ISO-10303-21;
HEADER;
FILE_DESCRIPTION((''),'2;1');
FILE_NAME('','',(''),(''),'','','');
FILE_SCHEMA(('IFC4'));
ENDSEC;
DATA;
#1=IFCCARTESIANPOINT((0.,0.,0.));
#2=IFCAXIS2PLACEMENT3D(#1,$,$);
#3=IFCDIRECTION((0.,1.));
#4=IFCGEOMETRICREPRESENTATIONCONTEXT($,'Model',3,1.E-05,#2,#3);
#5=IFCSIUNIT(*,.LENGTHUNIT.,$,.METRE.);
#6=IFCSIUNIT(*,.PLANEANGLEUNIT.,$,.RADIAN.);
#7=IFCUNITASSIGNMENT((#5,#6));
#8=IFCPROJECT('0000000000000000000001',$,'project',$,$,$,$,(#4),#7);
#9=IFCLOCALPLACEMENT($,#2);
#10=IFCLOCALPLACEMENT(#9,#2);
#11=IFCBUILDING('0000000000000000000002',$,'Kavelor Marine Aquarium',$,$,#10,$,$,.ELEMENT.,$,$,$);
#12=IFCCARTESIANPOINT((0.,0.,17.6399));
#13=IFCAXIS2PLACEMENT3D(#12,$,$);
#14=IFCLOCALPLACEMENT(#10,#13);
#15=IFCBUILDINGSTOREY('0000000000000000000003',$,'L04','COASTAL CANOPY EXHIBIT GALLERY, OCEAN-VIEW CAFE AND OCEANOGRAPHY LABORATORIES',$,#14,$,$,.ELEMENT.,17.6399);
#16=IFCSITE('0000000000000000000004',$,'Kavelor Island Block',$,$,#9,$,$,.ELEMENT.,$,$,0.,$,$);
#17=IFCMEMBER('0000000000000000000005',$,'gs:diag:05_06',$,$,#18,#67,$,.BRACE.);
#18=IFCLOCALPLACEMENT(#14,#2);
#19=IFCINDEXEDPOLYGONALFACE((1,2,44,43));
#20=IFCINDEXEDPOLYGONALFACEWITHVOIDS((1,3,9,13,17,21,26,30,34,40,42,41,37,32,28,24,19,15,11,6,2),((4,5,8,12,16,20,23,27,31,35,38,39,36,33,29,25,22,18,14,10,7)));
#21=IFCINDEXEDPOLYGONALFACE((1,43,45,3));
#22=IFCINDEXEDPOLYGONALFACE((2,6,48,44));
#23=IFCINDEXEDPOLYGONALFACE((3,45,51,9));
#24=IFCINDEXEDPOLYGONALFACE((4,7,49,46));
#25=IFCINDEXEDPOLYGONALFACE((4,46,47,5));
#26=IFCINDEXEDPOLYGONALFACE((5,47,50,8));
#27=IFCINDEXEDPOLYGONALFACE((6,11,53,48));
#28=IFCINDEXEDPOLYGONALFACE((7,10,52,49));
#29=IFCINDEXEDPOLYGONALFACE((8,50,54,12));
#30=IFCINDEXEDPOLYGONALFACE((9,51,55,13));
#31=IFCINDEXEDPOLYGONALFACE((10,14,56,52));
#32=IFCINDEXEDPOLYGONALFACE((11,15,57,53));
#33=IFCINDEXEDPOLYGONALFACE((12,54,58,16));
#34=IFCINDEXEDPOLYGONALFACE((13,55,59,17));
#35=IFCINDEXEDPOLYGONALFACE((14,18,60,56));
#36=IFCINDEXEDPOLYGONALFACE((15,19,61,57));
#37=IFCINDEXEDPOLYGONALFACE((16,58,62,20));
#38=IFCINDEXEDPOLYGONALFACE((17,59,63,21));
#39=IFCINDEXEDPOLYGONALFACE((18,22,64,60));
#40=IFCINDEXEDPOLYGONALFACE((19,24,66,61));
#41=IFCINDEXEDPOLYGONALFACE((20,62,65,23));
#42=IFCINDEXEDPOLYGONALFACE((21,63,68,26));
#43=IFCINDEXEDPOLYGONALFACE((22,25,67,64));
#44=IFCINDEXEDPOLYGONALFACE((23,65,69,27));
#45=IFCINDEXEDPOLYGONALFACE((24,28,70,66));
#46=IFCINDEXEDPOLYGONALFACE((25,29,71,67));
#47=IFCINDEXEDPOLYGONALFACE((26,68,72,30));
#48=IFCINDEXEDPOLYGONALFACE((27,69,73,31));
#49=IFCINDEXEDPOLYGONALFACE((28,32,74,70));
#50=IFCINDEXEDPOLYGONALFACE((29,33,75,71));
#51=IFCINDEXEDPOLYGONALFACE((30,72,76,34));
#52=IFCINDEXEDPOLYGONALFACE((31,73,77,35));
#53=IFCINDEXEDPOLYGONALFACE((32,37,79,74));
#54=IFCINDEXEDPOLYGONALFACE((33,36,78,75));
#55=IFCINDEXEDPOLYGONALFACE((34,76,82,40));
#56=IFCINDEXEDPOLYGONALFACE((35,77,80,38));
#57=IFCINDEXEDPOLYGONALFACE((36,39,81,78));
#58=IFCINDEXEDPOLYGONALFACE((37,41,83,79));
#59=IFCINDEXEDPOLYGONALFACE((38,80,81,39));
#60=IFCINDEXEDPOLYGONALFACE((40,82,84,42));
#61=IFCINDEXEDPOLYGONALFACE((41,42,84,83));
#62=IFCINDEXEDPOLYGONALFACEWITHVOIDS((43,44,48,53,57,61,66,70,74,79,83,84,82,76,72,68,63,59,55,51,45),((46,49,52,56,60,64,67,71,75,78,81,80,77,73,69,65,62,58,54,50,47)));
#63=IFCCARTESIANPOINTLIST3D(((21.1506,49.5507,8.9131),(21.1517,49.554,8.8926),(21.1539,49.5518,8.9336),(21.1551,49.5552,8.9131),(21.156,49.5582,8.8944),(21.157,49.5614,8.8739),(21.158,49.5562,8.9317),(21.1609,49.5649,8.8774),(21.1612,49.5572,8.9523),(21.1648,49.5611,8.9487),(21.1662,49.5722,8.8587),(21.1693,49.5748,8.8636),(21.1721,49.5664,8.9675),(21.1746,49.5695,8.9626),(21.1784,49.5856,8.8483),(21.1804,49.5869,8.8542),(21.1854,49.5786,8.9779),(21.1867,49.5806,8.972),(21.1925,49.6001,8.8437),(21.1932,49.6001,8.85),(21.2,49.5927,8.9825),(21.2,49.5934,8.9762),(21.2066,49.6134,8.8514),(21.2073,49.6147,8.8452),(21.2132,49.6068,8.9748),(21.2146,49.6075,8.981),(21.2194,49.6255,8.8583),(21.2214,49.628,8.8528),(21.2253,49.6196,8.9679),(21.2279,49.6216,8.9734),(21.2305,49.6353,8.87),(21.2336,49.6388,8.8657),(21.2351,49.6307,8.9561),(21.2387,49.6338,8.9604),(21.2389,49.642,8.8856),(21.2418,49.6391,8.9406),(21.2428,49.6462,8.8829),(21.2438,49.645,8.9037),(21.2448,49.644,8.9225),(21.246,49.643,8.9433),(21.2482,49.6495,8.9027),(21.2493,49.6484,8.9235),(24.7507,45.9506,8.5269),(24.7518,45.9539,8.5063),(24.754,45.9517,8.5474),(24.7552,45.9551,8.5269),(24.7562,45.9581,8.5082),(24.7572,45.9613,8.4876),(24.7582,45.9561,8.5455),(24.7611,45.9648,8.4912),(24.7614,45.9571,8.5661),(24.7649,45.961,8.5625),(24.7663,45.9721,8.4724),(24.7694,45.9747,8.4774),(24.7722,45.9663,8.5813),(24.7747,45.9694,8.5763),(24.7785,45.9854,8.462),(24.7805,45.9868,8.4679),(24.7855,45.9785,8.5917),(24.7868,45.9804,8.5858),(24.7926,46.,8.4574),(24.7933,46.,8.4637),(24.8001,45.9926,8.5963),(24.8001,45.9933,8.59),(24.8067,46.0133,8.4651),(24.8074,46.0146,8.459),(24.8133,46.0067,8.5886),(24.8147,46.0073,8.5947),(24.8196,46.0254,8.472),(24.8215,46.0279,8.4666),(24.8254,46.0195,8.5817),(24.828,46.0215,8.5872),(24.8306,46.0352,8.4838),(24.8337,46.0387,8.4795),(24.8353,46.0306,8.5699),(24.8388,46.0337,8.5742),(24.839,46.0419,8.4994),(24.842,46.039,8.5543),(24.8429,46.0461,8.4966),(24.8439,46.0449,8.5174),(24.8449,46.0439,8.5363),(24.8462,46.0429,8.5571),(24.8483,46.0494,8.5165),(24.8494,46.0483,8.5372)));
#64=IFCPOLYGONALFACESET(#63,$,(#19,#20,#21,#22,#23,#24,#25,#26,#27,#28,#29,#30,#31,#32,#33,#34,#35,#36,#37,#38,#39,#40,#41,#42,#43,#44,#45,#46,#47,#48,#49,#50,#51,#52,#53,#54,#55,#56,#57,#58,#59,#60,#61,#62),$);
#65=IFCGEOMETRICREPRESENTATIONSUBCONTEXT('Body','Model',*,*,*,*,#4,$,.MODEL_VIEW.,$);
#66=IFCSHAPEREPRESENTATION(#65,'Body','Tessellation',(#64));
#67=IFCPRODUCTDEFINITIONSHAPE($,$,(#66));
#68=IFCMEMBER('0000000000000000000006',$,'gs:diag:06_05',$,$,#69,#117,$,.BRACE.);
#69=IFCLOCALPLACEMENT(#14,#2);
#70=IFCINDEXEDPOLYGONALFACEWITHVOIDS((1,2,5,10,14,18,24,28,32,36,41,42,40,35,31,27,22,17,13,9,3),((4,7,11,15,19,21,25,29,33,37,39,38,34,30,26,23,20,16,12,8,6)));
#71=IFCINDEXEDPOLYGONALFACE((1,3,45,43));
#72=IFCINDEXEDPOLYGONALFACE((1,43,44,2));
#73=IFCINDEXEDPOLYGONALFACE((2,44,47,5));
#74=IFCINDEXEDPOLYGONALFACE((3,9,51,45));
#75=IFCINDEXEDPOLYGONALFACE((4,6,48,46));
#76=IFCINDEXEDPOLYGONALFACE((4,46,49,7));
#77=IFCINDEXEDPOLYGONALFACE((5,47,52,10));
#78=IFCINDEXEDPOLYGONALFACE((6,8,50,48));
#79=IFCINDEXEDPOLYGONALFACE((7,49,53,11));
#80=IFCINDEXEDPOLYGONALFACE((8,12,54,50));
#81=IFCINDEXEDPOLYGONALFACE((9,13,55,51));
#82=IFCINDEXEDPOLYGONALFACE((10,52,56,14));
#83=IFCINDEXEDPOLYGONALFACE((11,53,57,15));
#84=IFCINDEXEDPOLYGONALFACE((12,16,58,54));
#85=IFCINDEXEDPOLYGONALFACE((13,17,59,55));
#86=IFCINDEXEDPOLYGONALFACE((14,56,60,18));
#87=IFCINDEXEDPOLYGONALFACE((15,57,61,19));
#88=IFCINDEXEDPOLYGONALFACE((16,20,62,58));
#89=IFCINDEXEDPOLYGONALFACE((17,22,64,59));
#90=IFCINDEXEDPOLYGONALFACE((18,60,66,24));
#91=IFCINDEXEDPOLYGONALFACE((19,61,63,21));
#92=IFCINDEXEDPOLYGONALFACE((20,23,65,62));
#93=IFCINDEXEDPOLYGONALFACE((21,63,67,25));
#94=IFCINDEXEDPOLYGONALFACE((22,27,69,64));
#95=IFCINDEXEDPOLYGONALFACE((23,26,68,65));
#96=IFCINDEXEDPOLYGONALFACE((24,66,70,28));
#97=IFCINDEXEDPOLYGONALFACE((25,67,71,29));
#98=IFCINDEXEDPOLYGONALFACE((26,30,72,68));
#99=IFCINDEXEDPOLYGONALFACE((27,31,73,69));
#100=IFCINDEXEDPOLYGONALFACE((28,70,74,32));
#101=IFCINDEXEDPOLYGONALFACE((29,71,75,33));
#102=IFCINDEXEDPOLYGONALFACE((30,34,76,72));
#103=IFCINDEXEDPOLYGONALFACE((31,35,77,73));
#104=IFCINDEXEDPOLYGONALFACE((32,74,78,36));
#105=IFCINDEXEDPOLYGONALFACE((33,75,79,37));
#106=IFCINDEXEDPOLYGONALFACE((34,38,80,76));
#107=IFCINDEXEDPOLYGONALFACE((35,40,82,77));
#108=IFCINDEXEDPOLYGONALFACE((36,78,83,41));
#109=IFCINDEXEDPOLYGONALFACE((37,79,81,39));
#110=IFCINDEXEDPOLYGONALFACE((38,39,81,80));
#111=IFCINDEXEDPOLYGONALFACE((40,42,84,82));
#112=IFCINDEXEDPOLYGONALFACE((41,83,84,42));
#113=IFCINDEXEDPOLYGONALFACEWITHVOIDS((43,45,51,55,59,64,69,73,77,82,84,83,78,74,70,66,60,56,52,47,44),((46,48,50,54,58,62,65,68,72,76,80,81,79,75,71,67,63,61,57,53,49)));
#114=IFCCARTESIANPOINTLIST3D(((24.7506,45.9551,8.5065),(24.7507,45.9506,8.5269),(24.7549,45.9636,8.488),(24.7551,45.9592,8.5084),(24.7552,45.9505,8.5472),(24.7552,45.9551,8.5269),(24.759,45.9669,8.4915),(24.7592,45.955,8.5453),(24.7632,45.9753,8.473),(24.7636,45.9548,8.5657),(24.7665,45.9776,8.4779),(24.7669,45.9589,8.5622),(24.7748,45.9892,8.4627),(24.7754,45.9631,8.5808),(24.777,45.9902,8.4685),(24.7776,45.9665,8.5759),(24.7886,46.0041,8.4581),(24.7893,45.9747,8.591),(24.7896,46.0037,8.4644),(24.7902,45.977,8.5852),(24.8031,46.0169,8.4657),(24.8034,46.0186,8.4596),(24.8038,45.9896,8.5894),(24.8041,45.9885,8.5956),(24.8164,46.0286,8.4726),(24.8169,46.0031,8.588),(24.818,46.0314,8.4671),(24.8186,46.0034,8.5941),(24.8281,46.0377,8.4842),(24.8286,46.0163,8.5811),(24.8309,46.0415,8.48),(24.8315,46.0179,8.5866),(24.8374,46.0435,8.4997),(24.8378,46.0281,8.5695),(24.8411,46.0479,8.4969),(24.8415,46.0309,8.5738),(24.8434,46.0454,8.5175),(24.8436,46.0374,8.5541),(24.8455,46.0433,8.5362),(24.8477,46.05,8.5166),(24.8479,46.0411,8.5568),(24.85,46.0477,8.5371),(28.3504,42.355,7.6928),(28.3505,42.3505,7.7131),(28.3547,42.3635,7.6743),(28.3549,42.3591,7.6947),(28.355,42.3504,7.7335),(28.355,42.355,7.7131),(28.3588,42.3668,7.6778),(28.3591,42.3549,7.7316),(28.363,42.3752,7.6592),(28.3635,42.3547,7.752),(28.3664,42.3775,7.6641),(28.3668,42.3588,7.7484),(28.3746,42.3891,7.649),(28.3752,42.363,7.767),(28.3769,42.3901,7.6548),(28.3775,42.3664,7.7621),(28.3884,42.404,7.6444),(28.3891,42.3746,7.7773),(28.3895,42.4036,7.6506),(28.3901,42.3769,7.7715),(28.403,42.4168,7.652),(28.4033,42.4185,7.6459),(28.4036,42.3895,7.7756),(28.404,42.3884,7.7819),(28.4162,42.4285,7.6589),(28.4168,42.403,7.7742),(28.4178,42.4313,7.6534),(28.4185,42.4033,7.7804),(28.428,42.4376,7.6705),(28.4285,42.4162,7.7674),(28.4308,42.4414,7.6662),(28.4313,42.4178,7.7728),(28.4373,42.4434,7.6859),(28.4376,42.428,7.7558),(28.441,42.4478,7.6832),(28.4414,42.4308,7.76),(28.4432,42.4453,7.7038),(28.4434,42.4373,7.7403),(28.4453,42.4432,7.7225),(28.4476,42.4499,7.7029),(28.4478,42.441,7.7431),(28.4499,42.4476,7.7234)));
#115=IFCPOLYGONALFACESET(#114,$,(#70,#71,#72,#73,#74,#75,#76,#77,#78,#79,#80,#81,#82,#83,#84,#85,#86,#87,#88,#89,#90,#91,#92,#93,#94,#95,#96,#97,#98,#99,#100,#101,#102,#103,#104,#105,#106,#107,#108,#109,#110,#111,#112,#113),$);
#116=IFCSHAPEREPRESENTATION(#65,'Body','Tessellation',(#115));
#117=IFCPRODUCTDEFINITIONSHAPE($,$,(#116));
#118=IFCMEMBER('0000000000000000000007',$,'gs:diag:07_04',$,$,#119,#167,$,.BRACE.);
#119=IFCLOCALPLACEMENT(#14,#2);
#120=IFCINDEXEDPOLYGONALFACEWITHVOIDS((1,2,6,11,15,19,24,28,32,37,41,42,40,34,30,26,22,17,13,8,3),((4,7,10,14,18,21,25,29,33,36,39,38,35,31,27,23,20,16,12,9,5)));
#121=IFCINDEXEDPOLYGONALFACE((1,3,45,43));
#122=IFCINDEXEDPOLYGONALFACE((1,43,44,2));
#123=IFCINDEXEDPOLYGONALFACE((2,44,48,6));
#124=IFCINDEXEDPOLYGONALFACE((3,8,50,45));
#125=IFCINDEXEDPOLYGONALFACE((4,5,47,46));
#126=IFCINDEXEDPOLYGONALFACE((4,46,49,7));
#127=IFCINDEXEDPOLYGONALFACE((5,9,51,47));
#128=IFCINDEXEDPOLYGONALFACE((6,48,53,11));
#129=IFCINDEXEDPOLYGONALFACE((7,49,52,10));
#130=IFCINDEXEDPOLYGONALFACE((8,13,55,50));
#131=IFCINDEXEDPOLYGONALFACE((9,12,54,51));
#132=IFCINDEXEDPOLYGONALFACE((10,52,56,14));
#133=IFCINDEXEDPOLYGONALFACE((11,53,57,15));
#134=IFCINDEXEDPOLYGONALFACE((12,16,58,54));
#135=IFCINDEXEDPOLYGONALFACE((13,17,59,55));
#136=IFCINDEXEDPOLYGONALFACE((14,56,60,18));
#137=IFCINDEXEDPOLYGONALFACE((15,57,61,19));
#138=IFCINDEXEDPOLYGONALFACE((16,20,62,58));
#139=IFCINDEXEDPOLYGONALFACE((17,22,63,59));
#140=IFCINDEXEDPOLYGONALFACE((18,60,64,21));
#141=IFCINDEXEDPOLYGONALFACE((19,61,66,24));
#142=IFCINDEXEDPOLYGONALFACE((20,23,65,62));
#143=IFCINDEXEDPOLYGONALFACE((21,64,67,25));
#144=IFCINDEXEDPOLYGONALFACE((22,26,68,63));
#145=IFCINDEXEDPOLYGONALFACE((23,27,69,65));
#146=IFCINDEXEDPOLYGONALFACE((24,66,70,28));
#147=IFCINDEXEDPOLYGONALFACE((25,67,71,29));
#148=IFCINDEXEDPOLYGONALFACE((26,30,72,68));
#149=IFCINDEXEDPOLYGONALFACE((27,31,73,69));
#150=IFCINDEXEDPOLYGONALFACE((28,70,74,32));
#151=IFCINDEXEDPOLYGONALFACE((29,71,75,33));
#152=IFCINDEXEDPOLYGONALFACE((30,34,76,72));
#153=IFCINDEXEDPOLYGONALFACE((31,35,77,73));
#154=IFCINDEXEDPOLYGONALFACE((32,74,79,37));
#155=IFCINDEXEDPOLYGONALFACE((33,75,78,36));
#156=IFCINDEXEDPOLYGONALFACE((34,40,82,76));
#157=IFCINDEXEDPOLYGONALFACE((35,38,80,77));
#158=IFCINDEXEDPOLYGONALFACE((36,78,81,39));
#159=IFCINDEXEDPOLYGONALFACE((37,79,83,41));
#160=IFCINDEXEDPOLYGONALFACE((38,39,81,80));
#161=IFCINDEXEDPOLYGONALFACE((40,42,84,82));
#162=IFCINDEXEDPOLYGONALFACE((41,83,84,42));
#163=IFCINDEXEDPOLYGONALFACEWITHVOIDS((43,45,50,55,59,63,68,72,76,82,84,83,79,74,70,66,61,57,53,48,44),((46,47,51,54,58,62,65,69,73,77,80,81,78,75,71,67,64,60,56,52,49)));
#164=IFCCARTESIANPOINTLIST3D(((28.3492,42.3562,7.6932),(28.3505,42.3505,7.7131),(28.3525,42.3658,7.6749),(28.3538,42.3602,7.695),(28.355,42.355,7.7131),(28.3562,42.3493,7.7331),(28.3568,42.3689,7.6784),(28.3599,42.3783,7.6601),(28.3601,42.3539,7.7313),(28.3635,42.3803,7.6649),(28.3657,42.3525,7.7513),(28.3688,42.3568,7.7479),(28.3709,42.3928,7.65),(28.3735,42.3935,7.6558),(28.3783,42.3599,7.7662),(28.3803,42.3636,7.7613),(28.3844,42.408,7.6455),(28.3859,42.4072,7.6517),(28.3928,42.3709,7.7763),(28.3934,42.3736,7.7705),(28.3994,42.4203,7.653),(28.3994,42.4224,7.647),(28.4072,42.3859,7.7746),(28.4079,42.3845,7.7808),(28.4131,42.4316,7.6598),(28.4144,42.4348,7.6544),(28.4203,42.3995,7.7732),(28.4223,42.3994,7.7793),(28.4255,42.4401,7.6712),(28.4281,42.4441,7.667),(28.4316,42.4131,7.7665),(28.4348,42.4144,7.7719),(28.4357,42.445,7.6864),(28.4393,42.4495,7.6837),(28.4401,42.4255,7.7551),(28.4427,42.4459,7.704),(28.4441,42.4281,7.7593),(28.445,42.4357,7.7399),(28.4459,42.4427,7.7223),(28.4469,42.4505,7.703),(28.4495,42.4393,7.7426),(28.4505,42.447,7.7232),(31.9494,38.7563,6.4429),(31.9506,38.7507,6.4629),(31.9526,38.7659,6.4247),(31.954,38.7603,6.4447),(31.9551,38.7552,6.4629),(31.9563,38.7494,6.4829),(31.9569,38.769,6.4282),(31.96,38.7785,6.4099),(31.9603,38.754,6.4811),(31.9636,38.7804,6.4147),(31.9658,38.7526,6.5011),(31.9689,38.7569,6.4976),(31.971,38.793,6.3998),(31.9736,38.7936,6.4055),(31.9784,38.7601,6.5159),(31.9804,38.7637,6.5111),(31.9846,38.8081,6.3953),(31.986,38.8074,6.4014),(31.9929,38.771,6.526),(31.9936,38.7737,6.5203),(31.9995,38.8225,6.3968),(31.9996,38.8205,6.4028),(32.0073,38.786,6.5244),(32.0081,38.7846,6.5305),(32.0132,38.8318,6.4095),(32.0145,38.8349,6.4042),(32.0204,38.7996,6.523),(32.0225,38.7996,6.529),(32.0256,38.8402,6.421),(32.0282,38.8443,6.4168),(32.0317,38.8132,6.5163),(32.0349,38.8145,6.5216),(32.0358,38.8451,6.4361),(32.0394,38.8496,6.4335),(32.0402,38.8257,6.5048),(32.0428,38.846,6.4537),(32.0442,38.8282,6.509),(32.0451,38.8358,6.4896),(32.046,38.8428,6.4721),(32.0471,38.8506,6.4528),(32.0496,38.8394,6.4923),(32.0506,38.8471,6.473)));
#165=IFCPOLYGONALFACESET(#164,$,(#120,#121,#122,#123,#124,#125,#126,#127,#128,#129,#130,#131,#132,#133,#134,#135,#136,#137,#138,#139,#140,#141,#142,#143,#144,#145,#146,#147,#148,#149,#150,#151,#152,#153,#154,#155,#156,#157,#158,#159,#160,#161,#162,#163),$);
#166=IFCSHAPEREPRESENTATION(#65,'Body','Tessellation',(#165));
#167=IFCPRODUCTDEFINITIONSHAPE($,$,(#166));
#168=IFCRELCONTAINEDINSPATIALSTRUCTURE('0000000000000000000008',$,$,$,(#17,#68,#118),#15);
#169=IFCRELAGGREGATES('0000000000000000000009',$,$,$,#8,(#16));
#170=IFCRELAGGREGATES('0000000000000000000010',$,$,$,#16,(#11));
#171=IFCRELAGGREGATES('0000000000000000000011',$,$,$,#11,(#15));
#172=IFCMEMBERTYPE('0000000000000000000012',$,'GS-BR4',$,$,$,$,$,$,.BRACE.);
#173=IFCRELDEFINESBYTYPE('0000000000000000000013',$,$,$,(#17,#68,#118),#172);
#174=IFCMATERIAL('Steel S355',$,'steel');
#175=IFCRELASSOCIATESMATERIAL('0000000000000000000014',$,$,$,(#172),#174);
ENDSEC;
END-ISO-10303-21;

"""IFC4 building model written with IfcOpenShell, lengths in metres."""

from ifc_helpers import new_model, si_unit, direction, frame, origin, origin_2d, place, context, subcontext, project, spatial, hollow_circle, extrude, material, material_profile, profile_set, type_object, element, save


model = new_model("IFC4")

# Units and contexts
model_context = context("Model", 3, precision=1e-05, world=origin(), true_north=direction((0.0, 1.0)))
body_context = subcontext(model_context, "Body", "Model", "MODEL_VIEW")
ifc_project = project(units=[si_unit("LENGTHUNIT", "METRE"), si_unit("PLANEANGLEUNIT", "RADIAN")], contexts=[model_context])

# Site, building, storey
site_placement = place(None, origin())
site = spatial("IfcSite", under=ifc_project, at=site_placement, Name="Kavelor Island Block", CompositionType="ELEMENT", RefElevation=0.0)
building_placement = place(site_placement, origin())
building = spatial("IfcBuilding", under=site, at=building_placement, Name="Kavelor Marine Aquarium", CompositionType="ELEMENT")
storey_placement = place(building_placement, frame((0.0, 0.0, 17.6399)))
storey = spatial("IfcBuildingStorey", under=building, at=storey_placement, Name="L04", Description="COASTAL CANOPY EXHIBIT GALLERY, OCEAN-VIEW CAFE AND OCEANOGRAPHY LABORATORIES", CompositionType="ELEMENT", Elevation=17.6399)

# Members
ifc_material_1 = material(Name="Steel S355", Category="steel")
ifc_material_profile_1 = material_profile(ifc_material_1, hollow_circle(Radius=0.0698, WallThickness=0.0063, at=origin_2d()), Name="CHS 139.7x6.3")
ifc_profile_set_1 = profile_set([ifc_material_profile_1], Name="Steel S355")
member_type_1 = type_object("IfcMemberType", Name="GS-BR4", PredefinedType="BRACE", material=ifc_profile_set_1)
member_1_placement = place(storey_placement, frame((24.8, 46.0, 8.5269), z_axis=(-0.705081, 0.705081, 0.075643), x_axis=(-0.707107, -0.707107, 0.0)))
element("IfcMember", 1, at=member_1_placement, inside=storey, type_object=member_type_1, Name="gs:diag:05_06", PredefinedType="BRACE", context=body_context, shape_type="SweptSolid", body=[
    extrude(hollow_circle(Radius=0.0698, WallThickness=0.0063, at=origin_2d()), origin(), (0.0, 0.0, 1.0), 5.106),
])
member_2_placement = place(storey_placement, frame((28.3999, 42.3999, 7.7131), z_axis=(-0.698221, 0.698268, 0.157828), x_axis=(-0.707131, -0.707083, 0.0)))
element("IfcMember", 2, at=member_2_placement, inside=storey, type_object=member_type_1, Name="gs:diag:06_05", PredefinedType="BRACE", context=body_context, shape_type="SweptSolid", body=[
    extrude(hollow_circle(Radius=0.0698, WallThickness=0.0063, at=origin_2d()), origin(), (0.0, 0.0, 1.0), 5.1558),
])
member_3_placement = place(storey_placement, frame((32.0, 38.8, 6.4629), z_axis=(-0.686727, 0.68668, 0.238487), x_axis=(-0.707083, -0.707131, 0.0)))
element("IfcMember", 3, at=member_3_placement, inside=storey, type_object=member_type_1, Name="gs:diag:07_04", PredefinedType="BRACE", context=body_context, shape_type="SweptSolid", body=[
    extrude(hollow_circle(Radius=0.0698, WallThickness=0.0063, at=origin_2d()), origin(), (0.0, 0.0, 1.0), 5.2424),
])

save(model, "model.ifc")
